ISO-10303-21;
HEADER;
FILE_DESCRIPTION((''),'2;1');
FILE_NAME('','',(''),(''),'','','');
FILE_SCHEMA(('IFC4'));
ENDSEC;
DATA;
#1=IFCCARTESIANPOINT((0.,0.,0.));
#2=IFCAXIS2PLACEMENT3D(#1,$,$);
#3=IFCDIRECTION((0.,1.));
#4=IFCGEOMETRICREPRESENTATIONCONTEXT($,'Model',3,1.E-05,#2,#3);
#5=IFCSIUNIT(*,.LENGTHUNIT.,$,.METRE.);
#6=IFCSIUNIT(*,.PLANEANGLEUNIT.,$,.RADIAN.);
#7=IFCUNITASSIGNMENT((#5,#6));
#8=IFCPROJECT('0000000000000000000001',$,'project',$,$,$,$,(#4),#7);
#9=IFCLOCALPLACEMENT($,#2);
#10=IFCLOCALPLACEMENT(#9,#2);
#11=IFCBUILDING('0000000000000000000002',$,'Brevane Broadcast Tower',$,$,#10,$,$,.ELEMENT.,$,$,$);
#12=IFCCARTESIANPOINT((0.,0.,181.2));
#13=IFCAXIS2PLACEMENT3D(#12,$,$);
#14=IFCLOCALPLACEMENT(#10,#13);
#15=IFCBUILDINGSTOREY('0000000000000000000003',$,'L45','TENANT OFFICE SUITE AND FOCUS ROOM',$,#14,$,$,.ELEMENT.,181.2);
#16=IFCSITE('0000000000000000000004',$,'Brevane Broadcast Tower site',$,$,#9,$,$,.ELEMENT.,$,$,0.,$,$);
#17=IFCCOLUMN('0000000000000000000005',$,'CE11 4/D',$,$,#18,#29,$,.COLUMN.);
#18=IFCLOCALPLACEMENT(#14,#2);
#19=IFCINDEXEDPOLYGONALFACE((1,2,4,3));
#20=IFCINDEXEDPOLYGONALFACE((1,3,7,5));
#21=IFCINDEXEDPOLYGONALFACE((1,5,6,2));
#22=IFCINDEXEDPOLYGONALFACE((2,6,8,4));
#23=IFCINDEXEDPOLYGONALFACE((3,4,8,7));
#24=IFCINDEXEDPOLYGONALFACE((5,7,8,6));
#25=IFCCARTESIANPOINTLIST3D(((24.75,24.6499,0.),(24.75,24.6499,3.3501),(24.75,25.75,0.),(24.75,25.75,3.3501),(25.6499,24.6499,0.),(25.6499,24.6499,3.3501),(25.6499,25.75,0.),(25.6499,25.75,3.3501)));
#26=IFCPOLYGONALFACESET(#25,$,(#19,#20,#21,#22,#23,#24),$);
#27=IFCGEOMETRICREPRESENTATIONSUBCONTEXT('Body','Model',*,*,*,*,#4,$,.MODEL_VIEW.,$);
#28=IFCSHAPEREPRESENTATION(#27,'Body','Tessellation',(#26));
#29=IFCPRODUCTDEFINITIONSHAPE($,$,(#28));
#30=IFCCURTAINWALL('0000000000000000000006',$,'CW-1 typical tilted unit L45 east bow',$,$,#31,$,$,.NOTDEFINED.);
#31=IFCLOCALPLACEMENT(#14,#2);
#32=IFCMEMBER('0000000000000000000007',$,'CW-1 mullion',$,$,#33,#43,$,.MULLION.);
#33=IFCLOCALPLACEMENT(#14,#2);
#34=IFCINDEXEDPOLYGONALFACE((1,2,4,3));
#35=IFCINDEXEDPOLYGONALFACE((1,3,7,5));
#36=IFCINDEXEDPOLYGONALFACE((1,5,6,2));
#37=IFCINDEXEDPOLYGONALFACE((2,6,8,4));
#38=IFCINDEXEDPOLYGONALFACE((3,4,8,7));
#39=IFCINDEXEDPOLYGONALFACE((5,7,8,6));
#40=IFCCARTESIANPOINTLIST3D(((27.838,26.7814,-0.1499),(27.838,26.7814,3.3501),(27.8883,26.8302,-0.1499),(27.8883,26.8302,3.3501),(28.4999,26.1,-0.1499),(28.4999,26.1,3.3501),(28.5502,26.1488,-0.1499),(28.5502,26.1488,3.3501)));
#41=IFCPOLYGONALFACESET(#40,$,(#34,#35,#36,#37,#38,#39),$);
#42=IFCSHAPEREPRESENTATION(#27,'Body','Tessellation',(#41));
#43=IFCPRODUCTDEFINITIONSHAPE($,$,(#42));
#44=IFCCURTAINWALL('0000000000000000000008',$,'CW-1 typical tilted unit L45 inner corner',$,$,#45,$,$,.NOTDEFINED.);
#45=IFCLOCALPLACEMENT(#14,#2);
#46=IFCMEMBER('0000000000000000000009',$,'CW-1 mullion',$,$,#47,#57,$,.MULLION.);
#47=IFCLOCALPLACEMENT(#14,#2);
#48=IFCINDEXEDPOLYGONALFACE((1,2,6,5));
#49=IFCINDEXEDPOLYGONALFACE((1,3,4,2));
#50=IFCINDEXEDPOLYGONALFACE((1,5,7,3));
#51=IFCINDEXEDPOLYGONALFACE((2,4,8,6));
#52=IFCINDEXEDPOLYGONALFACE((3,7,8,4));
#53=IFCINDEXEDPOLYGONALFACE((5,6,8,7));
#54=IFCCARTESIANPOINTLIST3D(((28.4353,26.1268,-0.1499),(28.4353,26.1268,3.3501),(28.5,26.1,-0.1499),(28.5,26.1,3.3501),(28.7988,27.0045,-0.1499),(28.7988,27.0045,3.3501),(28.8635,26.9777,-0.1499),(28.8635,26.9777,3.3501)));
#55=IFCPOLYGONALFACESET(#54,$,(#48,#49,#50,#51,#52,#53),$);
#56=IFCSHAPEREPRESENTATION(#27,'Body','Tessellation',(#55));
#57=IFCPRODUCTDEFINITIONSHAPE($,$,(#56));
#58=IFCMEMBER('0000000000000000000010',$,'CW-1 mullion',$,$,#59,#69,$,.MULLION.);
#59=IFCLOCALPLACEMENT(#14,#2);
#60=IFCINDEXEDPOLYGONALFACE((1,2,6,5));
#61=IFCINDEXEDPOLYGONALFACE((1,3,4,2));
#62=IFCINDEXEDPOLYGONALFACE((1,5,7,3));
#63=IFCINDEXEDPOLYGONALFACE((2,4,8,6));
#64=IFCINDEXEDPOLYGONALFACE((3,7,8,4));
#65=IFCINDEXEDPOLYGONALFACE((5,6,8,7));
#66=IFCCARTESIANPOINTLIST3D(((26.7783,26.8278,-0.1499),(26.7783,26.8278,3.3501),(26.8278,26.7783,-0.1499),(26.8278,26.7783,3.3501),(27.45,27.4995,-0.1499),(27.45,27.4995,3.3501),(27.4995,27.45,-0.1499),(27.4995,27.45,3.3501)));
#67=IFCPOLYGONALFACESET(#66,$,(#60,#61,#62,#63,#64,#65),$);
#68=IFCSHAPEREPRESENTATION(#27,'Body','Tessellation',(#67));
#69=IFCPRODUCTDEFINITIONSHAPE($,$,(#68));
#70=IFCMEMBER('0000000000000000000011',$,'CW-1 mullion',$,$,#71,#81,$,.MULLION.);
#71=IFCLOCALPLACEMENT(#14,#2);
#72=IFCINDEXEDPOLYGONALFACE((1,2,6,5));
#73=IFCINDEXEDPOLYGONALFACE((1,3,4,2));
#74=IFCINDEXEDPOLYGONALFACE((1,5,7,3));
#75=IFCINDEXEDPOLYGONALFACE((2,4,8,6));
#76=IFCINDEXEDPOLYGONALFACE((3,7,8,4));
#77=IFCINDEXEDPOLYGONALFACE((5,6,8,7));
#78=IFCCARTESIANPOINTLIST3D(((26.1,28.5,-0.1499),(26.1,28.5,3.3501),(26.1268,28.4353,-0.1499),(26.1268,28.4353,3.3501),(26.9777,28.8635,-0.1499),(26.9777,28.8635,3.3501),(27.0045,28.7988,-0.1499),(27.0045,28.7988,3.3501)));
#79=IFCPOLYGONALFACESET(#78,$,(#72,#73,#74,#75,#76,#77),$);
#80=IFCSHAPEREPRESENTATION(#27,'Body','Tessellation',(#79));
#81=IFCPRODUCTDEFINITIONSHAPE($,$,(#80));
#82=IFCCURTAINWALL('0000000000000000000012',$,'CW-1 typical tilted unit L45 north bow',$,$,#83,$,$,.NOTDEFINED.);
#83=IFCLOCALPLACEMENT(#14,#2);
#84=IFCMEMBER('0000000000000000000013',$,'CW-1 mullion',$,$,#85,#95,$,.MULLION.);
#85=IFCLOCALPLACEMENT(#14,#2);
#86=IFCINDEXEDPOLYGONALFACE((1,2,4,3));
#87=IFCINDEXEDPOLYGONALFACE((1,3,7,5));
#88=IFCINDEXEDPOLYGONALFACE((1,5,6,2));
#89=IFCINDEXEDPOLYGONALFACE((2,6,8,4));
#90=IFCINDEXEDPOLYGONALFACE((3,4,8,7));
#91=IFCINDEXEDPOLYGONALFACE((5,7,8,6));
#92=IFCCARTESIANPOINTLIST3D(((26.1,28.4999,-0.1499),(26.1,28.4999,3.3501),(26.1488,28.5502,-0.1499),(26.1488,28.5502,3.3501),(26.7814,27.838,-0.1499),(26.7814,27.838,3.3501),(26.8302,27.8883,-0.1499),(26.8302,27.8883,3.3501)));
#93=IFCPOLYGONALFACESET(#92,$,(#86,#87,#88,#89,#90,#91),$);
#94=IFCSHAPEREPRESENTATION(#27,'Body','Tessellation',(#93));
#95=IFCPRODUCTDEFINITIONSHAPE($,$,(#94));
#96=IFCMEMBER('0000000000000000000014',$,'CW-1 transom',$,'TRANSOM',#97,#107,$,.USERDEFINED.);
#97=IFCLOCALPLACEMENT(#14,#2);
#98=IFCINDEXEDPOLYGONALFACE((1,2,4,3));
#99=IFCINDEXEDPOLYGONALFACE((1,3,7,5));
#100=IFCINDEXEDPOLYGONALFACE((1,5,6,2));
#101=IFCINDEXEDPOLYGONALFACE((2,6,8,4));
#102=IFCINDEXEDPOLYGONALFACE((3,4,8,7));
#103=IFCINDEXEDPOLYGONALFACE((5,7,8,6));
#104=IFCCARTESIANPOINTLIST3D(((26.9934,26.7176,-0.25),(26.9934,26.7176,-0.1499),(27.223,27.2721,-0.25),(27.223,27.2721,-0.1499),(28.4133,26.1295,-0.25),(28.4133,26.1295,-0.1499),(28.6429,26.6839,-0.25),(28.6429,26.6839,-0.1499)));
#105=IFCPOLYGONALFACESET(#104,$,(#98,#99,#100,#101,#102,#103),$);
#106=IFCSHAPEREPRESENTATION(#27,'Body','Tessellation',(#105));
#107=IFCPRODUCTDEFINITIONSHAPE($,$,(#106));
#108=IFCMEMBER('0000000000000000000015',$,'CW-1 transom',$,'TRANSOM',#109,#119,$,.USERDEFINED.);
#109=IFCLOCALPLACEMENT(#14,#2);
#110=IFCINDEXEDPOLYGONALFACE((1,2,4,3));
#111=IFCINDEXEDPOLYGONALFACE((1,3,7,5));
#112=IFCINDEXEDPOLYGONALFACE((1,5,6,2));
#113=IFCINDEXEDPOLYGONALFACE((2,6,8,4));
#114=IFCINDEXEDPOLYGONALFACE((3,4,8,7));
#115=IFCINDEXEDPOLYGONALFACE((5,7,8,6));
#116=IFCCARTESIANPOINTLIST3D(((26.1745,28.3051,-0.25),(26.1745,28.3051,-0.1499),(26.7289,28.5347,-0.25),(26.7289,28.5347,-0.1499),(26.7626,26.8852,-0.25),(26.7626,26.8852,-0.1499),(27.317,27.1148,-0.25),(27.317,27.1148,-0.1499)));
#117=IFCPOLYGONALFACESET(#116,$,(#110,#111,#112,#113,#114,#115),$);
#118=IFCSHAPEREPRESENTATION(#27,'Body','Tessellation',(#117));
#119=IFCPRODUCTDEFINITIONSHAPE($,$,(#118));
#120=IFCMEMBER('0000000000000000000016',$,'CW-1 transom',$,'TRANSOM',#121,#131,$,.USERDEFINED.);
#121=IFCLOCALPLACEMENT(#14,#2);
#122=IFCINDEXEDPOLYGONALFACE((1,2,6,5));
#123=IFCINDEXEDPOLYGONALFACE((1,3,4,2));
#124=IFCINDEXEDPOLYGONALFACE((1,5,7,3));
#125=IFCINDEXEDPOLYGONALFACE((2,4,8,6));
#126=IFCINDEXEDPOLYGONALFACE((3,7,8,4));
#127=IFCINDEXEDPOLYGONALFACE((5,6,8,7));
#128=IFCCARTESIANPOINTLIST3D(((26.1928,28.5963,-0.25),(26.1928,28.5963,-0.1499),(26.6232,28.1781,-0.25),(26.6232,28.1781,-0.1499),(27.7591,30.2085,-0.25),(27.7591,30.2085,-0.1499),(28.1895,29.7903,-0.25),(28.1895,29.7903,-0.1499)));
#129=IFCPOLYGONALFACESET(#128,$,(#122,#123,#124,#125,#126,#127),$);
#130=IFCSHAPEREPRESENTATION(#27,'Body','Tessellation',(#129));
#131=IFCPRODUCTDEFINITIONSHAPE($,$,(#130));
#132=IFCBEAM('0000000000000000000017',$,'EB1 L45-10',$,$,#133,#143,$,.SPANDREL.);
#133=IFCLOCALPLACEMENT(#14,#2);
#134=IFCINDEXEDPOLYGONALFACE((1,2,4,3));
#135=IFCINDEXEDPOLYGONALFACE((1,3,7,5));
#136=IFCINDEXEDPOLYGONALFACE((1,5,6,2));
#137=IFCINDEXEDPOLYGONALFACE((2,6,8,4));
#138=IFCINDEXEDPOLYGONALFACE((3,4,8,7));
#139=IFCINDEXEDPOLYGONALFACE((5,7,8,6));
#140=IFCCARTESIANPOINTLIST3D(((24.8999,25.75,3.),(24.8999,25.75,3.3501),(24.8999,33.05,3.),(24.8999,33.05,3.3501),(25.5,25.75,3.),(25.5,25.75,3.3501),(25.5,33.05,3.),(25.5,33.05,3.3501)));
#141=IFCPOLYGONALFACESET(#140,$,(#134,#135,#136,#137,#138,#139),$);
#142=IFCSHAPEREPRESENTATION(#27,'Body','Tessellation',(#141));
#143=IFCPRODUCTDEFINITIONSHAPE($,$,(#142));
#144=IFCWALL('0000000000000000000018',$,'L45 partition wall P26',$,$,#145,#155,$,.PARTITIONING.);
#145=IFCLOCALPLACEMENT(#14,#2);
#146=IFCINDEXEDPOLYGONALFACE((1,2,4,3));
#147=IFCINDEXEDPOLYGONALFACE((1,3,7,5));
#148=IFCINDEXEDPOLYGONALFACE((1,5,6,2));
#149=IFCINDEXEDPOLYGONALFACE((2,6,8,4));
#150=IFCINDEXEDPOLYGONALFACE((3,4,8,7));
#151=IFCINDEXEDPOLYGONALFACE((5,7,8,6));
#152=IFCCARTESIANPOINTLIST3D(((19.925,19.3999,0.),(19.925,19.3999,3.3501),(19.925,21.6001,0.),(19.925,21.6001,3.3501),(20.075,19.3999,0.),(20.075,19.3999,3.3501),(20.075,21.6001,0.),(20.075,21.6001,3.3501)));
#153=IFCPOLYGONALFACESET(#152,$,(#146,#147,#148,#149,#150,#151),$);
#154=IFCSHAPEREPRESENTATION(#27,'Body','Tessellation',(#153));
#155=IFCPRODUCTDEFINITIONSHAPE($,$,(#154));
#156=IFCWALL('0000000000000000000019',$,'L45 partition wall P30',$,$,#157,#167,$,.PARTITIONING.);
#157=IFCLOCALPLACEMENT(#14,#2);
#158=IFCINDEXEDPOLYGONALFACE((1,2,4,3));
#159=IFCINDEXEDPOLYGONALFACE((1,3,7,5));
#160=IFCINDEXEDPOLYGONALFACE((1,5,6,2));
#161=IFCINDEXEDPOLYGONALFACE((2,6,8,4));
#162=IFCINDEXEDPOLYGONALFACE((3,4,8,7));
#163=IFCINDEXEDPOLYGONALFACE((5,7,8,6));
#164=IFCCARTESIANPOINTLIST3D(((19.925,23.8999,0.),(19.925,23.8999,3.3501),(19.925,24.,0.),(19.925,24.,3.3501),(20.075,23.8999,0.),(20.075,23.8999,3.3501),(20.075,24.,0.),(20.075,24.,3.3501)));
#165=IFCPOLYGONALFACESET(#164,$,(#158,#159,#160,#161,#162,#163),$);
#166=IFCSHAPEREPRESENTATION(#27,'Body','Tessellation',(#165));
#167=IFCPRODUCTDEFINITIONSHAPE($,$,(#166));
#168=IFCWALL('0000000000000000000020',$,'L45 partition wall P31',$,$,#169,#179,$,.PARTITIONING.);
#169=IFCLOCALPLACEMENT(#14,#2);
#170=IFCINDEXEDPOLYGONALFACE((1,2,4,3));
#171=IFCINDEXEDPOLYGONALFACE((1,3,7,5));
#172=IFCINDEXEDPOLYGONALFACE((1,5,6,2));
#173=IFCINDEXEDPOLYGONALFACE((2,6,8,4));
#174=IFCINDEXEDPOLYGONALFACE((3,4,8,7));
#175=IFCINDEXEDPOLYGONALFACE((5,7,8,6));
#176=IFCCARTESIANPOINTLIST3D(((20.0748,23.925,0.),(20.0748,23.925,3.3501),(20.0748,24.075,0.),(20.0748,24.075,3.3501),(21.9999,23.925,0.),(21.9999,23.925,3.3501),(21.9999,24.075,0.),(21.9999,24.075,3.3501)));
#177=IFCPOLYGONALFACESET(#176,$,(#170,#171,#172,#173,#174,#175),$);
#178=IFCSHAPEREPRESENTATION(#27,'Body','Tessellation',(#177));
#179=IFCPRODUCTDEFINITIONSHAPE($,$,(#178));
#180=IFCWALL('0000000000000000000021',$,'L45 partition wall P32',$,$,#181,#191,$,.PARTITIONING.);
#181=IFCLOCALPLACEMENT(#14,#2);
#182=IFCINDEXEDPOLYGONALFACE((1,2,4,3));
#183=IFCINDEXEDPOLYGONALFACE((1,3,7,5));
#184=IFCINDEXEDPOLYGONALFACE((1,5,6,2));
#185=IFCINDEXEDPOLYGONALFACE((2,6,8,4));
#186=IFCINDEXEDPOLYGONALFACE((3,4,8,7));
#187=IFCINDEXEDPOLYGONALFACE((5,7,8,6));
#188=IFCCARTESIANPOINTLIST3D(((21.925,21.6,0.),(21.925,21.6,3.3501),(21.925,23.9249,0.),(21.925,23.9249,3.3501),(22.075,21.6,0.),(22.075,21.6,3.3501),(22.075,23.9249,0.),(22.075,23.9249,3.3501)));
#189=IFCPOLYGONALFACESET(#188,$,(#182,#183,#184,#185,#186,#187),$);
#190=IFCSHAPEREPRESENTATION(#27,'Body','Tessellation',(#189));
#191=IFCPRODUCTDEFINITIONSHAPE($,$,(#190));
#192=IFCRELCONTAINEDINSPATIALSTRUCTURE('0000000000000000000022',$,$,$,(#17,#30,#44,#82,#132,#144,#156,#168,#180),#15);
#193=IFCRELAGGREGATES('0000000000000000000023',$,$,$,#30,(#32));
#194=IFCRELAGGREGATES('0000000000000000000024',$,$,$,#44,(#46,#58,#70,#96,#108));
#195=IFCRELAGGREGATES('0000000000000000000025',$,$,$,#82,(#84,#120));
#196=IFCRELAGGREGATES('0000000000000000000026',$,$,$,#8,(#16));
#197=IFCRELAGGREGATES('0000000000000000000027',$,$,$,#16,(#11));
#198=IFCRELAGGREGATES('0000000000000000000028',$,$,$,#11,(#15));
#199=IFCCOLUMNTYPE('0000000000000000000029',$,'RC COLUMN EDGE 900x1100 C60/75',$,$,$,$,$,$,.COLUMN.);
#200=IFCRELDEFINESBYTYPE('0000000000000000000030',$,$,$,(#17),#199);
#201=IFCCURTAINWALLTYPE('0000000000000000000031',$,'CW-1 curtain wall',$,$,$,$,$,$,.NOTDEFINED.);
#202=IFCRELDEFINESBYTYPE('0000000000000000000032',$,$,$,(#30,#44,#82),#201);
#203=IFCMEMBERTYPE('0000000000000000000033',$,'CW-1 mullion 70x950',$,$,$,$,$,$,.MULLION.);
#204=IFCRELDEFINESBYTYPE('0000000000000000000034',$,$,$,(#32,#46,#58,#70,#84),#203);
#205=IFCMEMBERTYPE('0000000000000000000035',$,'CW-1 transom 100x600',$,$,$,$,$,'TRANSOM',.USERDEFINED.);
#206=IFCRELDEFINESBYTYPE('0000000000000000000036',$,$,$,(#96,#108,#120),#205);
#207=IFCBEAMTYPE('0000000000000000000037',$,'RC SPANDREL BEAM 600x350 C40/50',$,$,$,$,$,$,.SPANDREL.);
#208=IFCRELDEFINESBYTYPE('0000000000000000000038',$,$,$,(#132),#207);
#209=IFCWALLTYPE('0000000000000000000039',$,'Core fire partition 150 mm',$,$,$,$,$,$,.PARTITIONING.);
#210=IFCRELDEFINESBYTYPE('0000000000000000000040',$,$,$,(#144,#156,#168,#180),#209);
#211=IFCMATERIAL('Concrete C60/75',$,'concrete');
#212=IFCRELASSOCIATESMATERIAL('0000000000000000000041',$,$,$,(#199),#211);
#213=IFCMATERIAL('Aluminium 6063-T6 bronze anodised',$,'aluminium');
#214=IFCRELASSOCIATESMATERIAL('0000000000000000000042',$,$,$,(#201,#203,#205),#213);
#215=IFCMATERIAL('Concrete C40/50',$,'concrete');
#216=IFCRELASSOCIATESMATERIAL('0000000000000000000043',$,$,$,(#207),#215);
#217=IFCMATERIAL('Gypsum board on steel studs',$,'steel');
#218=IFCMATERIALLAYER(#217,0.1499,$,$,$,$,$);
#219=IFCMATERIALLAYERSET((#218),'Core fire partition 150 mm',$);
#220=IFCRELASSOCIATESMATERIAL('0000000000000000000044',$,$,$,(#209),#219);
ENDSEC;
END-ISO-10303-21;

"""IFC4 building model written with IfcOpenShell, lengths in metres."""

from ifc_helpers import new_model, si_unit, direction, frame, frame_2d, origin, origin_2d, place, context, subcontext, project, spatial, rectangle, extrude, material, layer, layer_set, material_profile, profile_set, type_object, element, aggregate, save


model = new_model("IFC4")

# Units and contexts
model_context = context("Model", 3, precision=1e-05, world=origin(), true_north=direction((0.0, 1.0)))
body_context = subcontext(model_context, "Body", "Model", "MODEL_VIEW")
ifc_project = project(units=[si_unit("LENGTHUNIT", "METRE"), si_unit("PLANEANGLEUNIT", "RADIAN")], contexts=[model_context])

# Site, building, storey
site_placement = place(None, origin())
site = spatial("IfcSite", under=ifc_project, at=site_placement, Name="Brevane Broadcast Tower site", CompositionType="ELEMENT", RefElevation=0.0)
building_placement = place(site_placement, origin())
building = spatial("IfcBuilding", under=site, at=building_placement, Name="Brevane Broadcast Tower", CompositionType="ELEMENT")
storey_placement = place(building_placement, frame((0.0, 0.0, 181.2)))
storey = spatial("IfcBuildingStorey", under=building, at=storey_placement, Name="L45", Description="TENANT OFFICE SUITE AND FOCUS ROOM", CompositionType="ELEMENT", Elevation=181.2)

# Column
ifc_material_1 = material(Name="Concrete C60/75", Category="concrete")
ifc_material_profile_1 = material_profile(ifc_material_1, rectangle(XDim=0.8999, YDim=1.1001, at=origin_2d()), Name="RC 900x1100")
ifc_profile_set_1 = profile_set([ifc_material_profile_1], Name="Concrete C60/75")
column_type = type_object("IfcColumnType", Name="RC COLUMN EDGE 900x1100 C60/75", PredefinedType="COLUMN", material=ifc_profile_set_1)
column_placement = place(storey_placement, frame((25.2, 25.2, 0.0), z_axis=(0.0, 0.0, 1.0), x_axis=(1.0, 0.0, 0.0)))
element("IfcColumn", 1, at=column_placement, inside=storey, type_object=column_type, Name="CE11 4/D", PredefinedType="COLUMN", context=body_context, shape_type="SweptSolid", body=[
    extrude(rectangle(XDim=0.8999, YDim=1.1001, at=origin_2d()), origin(), (0.0, 0.0, 1.0), 3.3501),
])

# Curtain wall, member
ifc_material_2 = material(Name="Aluminium 6063-T6 bronze anodised", Category="aluminium")
curtain_wall_type = type_object("IfcCurtainWallType", Name="CW-1 curtain wall", PredefinedType="NOTDEFINED", material=ifc_material_2)
curtain_wall_1_placement = place(storey_placement, origin())
curtain_wall_1 = element("IfcCurtainWall", 2, at=curtain_wall_1_placement, inside=storey, type_object=curtain_wall_type, Name="CW-1 typical tilted unit L45 east bow", PredefinedType="NOTDEFINED")
ifc_material_profile_2 = material_profile(ifc_material_2, rectangle(XDim=0.95, YDim=0.0701, at=origin_2d()), Name="RECT 70x950")
ifc_profile_set_2 = profile_set([ifc_material_profile_2], Name="Aluminium 6063-T6 bronze anodised")
member_type_1 = type_object("IfcMemberType", Name="CW-1 mullion 70x950", PredefinedType="MULLION", material=ifc_profile_set_2)
member_1_placement = place(storey_placement, frame((28.1941, 26.4651, -0.1499), z_axis=(0.0, 0.0, 1.0), x_axis=(0.696812, -0.717254, 0.0)))
member_1 = element("IfcMember", 3, at=member_1_placement, type_object=member_type_1, Name="CW-1 mullion", PredefinedType="MULLION", context=body_context, shape_type="SweptSolid", body=[
    extrude(rectangle(XDim=0.95, YDim=0.0701, at=origin_2d()), origin(), (0.0, 0.0, 1.0), 3.5),
])
aggregate(curtain_wall_1, [member_1])

# Curtain wall, members
curtain_wall_2_placement = place(storey_placement, origin())
curtain_wall_2 = element("IfcCurtainWall", 4, at=curtain_wall_2_placement, inside=storey, type_object=curtain_wall_type, Name="CW-1 typical tilted unit L45 inner corner", PredefinedType="NOTDEFINED")
member_2_placement = place(storey_placement, frame((28.6494, 26.5522, -0.1499), z_axis=(0.0, 0.0, 1.0), x_axis=(-0.382683, -0.92388, 0.0)))
member_2 = element("IfcMember", 5, at=member_2_placement, type_object=member_type_1, Name="CW-1 mullion", PredefinedType="MULLION", context=body_context, shape_type="SweptSolid", body=[
    extrude(rectangle(XDim=0.95, YDim=0.0701, at=origin_2d()), origin(), (0.0, 0.0, 1.0), 3.5),
])
member_3_placement = place(storey_placement, frame((27.1389, 27.1389, -0.1499), z_axis=(0.0, 0.0, 1.0), x_axis=(-0.707107, -0.707107, 0.0)))
member_3 = element("IfcMember", 6, at=member_3_placement, type_object=member_type_1, Name="CW-1 mullion", PredefinedType="MULLION", context=body_context, shape_type="SweptSolid", body=[
    extrude(rectangle(XDim=0.95, YDim=0.0701, at=origin_2d()), origin(), (0.0, 0.0, 1.0), 3.5),
])
member_4_placement = place(storey_placement, frame((26.5522, 28.6494, -0.1499), z_axis=(0.0, 0.0, 1.0), x_axis=(-0.92388, -0.382683, 0.0)))
member_4 = element("IfcMember", 7, at=member_4_placement, type_object=member_type_1, Name="CW-1 mullion", PredefinedType="MULLION", context=body_context, shape_type="SweptSolid", body=[
    extrude(rectangle(XDim=0.95, YDim=0.0701, at=origin_2d()), origin(), (0.0, 0.0, 1.0), 3.5),
])

# Curtain wall, member
curtain_wall_3_placement = place(storey_placement, origin())
curtain_wall_3 = element("IfcCurtainWall", 8, at=curtain_wall_3_placement, inside=storey, type_object=curtain_wall_type, Name="CW-1 typical tilted unit L45 north bow", PredefinedType="NOTDEFINED")
member_5_placement = place(storey_placement, frame((26.4651, 28.1941, -0.1499), z_axis=(0.0, 0.0, 1.0), x_axis=(-0.717254, 0.696812, 0.0)))
member_5 = element("IfcMember", 9, at=member_5_placement, type_object=member_type_1, Name="CW-1 mullion", PredefinedType="MULLION", context=body_context, shape_type="SweptSolid", body=[
    extrude(rectangle(XDim=0.95, YDim=0.0701, at=origin_2d()), origin(), (0.0, 0.0, 1.0), 3.5),
])

# Members
ifc_material_profile_3 = material_profile(ifc_material_2, rectangle(XDim=0.6001, YDim=0.1001, at=origin_2d()), Name="RECT 100x600")
ifc_profile_set_3 = profile_set([ifc_material_profile_3], Name="Aluminium 6063-T6 bronze anodised")
member_type_2 = type_object("IfcMemberType", Name="CW-1 transom 100x600", ElementType="TRANSOM", PredefinedType="USERDEFINED", material=ifc_profile_set_3)
member_6_placement = place(storey_placement, frame((28.5281, 26.4067, -0.2), z_axis=(-0.923883, 0.382674, 0.0), x_axis=(-0.382674, -0.923883, 0.0)))
member_6 = element("IfcMember", 10, at=member_6_placement, type_object=member_type_2, Name="CW-1 transom", ObjectType="TRANSOM", PredefinedType="USERDEFINED", context=body_context, shape_type="SweptSolid", body=[
    extrude(rectangle(XDim=0.6001, YDim=0.1001, at=origin_2d()), origin(), (0.0, 0.0, 1.0), 1.5369),
])
member_7_placement = place(storey_placement, frame((27.0398, 27.0, -0.2), z_axis=(-0.382674, 0.923883, 0.0), x_axis=(-0.923883, -0.382674, 0.0)))
member_7 = element("IfcMember", 11, at=member_7_placement, type_object=member_type_2, Name="CW-1 transom", ObjectType="TRANSOM", PredefinedType="USERDEFINED", context=body_context, shape_type="SweptSolid", body=[
    extrude(rectangle(XDim=0.6001, YDim=0.1001, at=origin_2d()), origin(), (0.0, 0.0, 1.0), 1.5369),
])
aggregate(curtain_wall_2, [member_2, member_3, member_4, member_6, member_7])
member_8_placement = place(storey_placement, frame((26.408, 28.3872, -0.2), z_axis=(0.696824, 0.717242, 0.0), x_axis=(-0.717242, 0.696824, 0.0)))
member_8 = element("IfcMember", 12, at=member_8_placement, type_object=member_type_2, Name="CW-1 transom", ObjectType="TRANSOM", PredefinedType="USERDEFINED", context=body_context, shape_type="SweptSolid", body=[
    extrude(rectangle(XDim=0.6001, YDim=0.1001, at=origin_2d()), origin(), (0.0, 0.0, 1.0), 2.2478),
])
aggregate(curtain_wall_3, [member_5, member_8])

# Beam
ifc_material_3 = material(Name="Concrete C40/50", Category="concrete")
ifc_material_profile_4 = material_profile(ifc_material_3, rectangle(XDim=0.6001, YDim=0.3501, at=origin_2d()), Name="RC 600x350")
ifc_profile_set_4 = profile_set([ifc_material_profile_4], Name="Concrete C40/50")
beam_type = type_object("IfcBeamType", Name="RC SPANDREL BEAM 600x350 C40/50", PredefinedType="SPANDREL", material=ifc_profile_set_4)
beam_placement = place(storey_placement, frame((25.2, 25.75, 3.175), z_axis=(0.0, 1.0, 0.0), x_axis=(-1.0, 0.0, 0.0)))
element("IfcBeam", 13, at=beam_placement, inside=storey, type_object=beam_type, Name="EB1 L45-10", PredefinedType="SPANDREL", context=body_context, shape_type="SweptSolid", body=[
    extrude(rectangle(XDim=0.6001, YDim=0.3501, at=origin_2d()), origin(), (0.0, 0.0, 1.0), 7.3),
])

# Walls
ifc_material_4 = material(Name="Gypsum board on steel studs", Category="steel")
ifc_layer_1 = layer(ifc_material_4, 0.1499)
ifc_layer_set_1 = layer_set([ifc_layer_1], Name="Core fire partition 150 mm")
wall_type_1 = type_object("IfcWallType", Name="Core fire partition 150 mm", PredefinedType="PARTITIONING", material=ifc_layer_set_1)
wall_1_placement = place(storey_placement, frame((20.0, 21.6001, 0.0), z_axis=(0.0, 0.0, 1.0), x_axis=(0.0, -1.0, 0.0)))
element("IfcWall", 14, at=wall_1_placement, inside=storey, type_object=wall_type_1, Name="L45 partition wall P26", PredefinedType="PARTITIONING", context=body_context, shape_type="SweptSolid", body=[
    extrude(rectangle(XDim=2.2002, YDim=0.1499, at=frame_2d((1.1001, 0.0))), origin(), (0.0, 0.0, 1.0), 3.3501),
])
wall_2_placement = place(storey_placement, frame((20.0, 23.8999, 0.0), z_axis=(0.0, 0.0, 1.0), x_axis=(0.0, 1.0, 0.0)))
element("IfcWall", 15, at=wall_2_placement, inside=storey, type_object=wall_type_1, Name="L45 partition wall P30", PredefinedType="PARTITIONING", context=body_context, shape_type="SweptSolid", body=[
    extrude(rectangle(XDim=0.1001, YDim=0.1499, at=frame_2d((0.05, 0.0))), origin(), (0.0, 0.0, 1.0), 3.3501),
])
wall_3_placement = place(storey_placement, frame((20.075, 24.0, 0.0), z_axis=(0.0, 0.0, 1.0), x_axis=(1.0, 0.0, 0.0)))
element("IfcWall", 16, at=wall_3_placement, inside=storey, type_object=wall_type_1, Name="L45 partition wall P31", PredefinedType="PARTITIONING", context=body_context, shape_type="SweptSolid", body=[
    extrude(rectangle(XDim=1.925, YDim=0.1499, at=frame_2d((0.9624, 0.0))), origin(), (0.0, 0.0, 1.0), 3.3501),
])
wall_4_placement = place(storey_placement, frame((22.0, 23.925, 0.0), z_axis=(0.0, 0.0, 1.0), x_axis=(0.0, -1.0, 0.0)))
element("IfcWall", 17, at=wall_4_placement, inside=storey, type_object=wall_type_1, Name="L45 partition wall P32", PredefinedType="PARTITIONING", context=body_context, shape_type="SweptSolid", body=[
    extrude(rectangle(XDim=2.325, YDim=0.1499, at=frame_2d((1.1626, 0.0))), origin(), (0.0, 0.0, 1.0), 3.3501),
])

save(model, "model.ifc")
